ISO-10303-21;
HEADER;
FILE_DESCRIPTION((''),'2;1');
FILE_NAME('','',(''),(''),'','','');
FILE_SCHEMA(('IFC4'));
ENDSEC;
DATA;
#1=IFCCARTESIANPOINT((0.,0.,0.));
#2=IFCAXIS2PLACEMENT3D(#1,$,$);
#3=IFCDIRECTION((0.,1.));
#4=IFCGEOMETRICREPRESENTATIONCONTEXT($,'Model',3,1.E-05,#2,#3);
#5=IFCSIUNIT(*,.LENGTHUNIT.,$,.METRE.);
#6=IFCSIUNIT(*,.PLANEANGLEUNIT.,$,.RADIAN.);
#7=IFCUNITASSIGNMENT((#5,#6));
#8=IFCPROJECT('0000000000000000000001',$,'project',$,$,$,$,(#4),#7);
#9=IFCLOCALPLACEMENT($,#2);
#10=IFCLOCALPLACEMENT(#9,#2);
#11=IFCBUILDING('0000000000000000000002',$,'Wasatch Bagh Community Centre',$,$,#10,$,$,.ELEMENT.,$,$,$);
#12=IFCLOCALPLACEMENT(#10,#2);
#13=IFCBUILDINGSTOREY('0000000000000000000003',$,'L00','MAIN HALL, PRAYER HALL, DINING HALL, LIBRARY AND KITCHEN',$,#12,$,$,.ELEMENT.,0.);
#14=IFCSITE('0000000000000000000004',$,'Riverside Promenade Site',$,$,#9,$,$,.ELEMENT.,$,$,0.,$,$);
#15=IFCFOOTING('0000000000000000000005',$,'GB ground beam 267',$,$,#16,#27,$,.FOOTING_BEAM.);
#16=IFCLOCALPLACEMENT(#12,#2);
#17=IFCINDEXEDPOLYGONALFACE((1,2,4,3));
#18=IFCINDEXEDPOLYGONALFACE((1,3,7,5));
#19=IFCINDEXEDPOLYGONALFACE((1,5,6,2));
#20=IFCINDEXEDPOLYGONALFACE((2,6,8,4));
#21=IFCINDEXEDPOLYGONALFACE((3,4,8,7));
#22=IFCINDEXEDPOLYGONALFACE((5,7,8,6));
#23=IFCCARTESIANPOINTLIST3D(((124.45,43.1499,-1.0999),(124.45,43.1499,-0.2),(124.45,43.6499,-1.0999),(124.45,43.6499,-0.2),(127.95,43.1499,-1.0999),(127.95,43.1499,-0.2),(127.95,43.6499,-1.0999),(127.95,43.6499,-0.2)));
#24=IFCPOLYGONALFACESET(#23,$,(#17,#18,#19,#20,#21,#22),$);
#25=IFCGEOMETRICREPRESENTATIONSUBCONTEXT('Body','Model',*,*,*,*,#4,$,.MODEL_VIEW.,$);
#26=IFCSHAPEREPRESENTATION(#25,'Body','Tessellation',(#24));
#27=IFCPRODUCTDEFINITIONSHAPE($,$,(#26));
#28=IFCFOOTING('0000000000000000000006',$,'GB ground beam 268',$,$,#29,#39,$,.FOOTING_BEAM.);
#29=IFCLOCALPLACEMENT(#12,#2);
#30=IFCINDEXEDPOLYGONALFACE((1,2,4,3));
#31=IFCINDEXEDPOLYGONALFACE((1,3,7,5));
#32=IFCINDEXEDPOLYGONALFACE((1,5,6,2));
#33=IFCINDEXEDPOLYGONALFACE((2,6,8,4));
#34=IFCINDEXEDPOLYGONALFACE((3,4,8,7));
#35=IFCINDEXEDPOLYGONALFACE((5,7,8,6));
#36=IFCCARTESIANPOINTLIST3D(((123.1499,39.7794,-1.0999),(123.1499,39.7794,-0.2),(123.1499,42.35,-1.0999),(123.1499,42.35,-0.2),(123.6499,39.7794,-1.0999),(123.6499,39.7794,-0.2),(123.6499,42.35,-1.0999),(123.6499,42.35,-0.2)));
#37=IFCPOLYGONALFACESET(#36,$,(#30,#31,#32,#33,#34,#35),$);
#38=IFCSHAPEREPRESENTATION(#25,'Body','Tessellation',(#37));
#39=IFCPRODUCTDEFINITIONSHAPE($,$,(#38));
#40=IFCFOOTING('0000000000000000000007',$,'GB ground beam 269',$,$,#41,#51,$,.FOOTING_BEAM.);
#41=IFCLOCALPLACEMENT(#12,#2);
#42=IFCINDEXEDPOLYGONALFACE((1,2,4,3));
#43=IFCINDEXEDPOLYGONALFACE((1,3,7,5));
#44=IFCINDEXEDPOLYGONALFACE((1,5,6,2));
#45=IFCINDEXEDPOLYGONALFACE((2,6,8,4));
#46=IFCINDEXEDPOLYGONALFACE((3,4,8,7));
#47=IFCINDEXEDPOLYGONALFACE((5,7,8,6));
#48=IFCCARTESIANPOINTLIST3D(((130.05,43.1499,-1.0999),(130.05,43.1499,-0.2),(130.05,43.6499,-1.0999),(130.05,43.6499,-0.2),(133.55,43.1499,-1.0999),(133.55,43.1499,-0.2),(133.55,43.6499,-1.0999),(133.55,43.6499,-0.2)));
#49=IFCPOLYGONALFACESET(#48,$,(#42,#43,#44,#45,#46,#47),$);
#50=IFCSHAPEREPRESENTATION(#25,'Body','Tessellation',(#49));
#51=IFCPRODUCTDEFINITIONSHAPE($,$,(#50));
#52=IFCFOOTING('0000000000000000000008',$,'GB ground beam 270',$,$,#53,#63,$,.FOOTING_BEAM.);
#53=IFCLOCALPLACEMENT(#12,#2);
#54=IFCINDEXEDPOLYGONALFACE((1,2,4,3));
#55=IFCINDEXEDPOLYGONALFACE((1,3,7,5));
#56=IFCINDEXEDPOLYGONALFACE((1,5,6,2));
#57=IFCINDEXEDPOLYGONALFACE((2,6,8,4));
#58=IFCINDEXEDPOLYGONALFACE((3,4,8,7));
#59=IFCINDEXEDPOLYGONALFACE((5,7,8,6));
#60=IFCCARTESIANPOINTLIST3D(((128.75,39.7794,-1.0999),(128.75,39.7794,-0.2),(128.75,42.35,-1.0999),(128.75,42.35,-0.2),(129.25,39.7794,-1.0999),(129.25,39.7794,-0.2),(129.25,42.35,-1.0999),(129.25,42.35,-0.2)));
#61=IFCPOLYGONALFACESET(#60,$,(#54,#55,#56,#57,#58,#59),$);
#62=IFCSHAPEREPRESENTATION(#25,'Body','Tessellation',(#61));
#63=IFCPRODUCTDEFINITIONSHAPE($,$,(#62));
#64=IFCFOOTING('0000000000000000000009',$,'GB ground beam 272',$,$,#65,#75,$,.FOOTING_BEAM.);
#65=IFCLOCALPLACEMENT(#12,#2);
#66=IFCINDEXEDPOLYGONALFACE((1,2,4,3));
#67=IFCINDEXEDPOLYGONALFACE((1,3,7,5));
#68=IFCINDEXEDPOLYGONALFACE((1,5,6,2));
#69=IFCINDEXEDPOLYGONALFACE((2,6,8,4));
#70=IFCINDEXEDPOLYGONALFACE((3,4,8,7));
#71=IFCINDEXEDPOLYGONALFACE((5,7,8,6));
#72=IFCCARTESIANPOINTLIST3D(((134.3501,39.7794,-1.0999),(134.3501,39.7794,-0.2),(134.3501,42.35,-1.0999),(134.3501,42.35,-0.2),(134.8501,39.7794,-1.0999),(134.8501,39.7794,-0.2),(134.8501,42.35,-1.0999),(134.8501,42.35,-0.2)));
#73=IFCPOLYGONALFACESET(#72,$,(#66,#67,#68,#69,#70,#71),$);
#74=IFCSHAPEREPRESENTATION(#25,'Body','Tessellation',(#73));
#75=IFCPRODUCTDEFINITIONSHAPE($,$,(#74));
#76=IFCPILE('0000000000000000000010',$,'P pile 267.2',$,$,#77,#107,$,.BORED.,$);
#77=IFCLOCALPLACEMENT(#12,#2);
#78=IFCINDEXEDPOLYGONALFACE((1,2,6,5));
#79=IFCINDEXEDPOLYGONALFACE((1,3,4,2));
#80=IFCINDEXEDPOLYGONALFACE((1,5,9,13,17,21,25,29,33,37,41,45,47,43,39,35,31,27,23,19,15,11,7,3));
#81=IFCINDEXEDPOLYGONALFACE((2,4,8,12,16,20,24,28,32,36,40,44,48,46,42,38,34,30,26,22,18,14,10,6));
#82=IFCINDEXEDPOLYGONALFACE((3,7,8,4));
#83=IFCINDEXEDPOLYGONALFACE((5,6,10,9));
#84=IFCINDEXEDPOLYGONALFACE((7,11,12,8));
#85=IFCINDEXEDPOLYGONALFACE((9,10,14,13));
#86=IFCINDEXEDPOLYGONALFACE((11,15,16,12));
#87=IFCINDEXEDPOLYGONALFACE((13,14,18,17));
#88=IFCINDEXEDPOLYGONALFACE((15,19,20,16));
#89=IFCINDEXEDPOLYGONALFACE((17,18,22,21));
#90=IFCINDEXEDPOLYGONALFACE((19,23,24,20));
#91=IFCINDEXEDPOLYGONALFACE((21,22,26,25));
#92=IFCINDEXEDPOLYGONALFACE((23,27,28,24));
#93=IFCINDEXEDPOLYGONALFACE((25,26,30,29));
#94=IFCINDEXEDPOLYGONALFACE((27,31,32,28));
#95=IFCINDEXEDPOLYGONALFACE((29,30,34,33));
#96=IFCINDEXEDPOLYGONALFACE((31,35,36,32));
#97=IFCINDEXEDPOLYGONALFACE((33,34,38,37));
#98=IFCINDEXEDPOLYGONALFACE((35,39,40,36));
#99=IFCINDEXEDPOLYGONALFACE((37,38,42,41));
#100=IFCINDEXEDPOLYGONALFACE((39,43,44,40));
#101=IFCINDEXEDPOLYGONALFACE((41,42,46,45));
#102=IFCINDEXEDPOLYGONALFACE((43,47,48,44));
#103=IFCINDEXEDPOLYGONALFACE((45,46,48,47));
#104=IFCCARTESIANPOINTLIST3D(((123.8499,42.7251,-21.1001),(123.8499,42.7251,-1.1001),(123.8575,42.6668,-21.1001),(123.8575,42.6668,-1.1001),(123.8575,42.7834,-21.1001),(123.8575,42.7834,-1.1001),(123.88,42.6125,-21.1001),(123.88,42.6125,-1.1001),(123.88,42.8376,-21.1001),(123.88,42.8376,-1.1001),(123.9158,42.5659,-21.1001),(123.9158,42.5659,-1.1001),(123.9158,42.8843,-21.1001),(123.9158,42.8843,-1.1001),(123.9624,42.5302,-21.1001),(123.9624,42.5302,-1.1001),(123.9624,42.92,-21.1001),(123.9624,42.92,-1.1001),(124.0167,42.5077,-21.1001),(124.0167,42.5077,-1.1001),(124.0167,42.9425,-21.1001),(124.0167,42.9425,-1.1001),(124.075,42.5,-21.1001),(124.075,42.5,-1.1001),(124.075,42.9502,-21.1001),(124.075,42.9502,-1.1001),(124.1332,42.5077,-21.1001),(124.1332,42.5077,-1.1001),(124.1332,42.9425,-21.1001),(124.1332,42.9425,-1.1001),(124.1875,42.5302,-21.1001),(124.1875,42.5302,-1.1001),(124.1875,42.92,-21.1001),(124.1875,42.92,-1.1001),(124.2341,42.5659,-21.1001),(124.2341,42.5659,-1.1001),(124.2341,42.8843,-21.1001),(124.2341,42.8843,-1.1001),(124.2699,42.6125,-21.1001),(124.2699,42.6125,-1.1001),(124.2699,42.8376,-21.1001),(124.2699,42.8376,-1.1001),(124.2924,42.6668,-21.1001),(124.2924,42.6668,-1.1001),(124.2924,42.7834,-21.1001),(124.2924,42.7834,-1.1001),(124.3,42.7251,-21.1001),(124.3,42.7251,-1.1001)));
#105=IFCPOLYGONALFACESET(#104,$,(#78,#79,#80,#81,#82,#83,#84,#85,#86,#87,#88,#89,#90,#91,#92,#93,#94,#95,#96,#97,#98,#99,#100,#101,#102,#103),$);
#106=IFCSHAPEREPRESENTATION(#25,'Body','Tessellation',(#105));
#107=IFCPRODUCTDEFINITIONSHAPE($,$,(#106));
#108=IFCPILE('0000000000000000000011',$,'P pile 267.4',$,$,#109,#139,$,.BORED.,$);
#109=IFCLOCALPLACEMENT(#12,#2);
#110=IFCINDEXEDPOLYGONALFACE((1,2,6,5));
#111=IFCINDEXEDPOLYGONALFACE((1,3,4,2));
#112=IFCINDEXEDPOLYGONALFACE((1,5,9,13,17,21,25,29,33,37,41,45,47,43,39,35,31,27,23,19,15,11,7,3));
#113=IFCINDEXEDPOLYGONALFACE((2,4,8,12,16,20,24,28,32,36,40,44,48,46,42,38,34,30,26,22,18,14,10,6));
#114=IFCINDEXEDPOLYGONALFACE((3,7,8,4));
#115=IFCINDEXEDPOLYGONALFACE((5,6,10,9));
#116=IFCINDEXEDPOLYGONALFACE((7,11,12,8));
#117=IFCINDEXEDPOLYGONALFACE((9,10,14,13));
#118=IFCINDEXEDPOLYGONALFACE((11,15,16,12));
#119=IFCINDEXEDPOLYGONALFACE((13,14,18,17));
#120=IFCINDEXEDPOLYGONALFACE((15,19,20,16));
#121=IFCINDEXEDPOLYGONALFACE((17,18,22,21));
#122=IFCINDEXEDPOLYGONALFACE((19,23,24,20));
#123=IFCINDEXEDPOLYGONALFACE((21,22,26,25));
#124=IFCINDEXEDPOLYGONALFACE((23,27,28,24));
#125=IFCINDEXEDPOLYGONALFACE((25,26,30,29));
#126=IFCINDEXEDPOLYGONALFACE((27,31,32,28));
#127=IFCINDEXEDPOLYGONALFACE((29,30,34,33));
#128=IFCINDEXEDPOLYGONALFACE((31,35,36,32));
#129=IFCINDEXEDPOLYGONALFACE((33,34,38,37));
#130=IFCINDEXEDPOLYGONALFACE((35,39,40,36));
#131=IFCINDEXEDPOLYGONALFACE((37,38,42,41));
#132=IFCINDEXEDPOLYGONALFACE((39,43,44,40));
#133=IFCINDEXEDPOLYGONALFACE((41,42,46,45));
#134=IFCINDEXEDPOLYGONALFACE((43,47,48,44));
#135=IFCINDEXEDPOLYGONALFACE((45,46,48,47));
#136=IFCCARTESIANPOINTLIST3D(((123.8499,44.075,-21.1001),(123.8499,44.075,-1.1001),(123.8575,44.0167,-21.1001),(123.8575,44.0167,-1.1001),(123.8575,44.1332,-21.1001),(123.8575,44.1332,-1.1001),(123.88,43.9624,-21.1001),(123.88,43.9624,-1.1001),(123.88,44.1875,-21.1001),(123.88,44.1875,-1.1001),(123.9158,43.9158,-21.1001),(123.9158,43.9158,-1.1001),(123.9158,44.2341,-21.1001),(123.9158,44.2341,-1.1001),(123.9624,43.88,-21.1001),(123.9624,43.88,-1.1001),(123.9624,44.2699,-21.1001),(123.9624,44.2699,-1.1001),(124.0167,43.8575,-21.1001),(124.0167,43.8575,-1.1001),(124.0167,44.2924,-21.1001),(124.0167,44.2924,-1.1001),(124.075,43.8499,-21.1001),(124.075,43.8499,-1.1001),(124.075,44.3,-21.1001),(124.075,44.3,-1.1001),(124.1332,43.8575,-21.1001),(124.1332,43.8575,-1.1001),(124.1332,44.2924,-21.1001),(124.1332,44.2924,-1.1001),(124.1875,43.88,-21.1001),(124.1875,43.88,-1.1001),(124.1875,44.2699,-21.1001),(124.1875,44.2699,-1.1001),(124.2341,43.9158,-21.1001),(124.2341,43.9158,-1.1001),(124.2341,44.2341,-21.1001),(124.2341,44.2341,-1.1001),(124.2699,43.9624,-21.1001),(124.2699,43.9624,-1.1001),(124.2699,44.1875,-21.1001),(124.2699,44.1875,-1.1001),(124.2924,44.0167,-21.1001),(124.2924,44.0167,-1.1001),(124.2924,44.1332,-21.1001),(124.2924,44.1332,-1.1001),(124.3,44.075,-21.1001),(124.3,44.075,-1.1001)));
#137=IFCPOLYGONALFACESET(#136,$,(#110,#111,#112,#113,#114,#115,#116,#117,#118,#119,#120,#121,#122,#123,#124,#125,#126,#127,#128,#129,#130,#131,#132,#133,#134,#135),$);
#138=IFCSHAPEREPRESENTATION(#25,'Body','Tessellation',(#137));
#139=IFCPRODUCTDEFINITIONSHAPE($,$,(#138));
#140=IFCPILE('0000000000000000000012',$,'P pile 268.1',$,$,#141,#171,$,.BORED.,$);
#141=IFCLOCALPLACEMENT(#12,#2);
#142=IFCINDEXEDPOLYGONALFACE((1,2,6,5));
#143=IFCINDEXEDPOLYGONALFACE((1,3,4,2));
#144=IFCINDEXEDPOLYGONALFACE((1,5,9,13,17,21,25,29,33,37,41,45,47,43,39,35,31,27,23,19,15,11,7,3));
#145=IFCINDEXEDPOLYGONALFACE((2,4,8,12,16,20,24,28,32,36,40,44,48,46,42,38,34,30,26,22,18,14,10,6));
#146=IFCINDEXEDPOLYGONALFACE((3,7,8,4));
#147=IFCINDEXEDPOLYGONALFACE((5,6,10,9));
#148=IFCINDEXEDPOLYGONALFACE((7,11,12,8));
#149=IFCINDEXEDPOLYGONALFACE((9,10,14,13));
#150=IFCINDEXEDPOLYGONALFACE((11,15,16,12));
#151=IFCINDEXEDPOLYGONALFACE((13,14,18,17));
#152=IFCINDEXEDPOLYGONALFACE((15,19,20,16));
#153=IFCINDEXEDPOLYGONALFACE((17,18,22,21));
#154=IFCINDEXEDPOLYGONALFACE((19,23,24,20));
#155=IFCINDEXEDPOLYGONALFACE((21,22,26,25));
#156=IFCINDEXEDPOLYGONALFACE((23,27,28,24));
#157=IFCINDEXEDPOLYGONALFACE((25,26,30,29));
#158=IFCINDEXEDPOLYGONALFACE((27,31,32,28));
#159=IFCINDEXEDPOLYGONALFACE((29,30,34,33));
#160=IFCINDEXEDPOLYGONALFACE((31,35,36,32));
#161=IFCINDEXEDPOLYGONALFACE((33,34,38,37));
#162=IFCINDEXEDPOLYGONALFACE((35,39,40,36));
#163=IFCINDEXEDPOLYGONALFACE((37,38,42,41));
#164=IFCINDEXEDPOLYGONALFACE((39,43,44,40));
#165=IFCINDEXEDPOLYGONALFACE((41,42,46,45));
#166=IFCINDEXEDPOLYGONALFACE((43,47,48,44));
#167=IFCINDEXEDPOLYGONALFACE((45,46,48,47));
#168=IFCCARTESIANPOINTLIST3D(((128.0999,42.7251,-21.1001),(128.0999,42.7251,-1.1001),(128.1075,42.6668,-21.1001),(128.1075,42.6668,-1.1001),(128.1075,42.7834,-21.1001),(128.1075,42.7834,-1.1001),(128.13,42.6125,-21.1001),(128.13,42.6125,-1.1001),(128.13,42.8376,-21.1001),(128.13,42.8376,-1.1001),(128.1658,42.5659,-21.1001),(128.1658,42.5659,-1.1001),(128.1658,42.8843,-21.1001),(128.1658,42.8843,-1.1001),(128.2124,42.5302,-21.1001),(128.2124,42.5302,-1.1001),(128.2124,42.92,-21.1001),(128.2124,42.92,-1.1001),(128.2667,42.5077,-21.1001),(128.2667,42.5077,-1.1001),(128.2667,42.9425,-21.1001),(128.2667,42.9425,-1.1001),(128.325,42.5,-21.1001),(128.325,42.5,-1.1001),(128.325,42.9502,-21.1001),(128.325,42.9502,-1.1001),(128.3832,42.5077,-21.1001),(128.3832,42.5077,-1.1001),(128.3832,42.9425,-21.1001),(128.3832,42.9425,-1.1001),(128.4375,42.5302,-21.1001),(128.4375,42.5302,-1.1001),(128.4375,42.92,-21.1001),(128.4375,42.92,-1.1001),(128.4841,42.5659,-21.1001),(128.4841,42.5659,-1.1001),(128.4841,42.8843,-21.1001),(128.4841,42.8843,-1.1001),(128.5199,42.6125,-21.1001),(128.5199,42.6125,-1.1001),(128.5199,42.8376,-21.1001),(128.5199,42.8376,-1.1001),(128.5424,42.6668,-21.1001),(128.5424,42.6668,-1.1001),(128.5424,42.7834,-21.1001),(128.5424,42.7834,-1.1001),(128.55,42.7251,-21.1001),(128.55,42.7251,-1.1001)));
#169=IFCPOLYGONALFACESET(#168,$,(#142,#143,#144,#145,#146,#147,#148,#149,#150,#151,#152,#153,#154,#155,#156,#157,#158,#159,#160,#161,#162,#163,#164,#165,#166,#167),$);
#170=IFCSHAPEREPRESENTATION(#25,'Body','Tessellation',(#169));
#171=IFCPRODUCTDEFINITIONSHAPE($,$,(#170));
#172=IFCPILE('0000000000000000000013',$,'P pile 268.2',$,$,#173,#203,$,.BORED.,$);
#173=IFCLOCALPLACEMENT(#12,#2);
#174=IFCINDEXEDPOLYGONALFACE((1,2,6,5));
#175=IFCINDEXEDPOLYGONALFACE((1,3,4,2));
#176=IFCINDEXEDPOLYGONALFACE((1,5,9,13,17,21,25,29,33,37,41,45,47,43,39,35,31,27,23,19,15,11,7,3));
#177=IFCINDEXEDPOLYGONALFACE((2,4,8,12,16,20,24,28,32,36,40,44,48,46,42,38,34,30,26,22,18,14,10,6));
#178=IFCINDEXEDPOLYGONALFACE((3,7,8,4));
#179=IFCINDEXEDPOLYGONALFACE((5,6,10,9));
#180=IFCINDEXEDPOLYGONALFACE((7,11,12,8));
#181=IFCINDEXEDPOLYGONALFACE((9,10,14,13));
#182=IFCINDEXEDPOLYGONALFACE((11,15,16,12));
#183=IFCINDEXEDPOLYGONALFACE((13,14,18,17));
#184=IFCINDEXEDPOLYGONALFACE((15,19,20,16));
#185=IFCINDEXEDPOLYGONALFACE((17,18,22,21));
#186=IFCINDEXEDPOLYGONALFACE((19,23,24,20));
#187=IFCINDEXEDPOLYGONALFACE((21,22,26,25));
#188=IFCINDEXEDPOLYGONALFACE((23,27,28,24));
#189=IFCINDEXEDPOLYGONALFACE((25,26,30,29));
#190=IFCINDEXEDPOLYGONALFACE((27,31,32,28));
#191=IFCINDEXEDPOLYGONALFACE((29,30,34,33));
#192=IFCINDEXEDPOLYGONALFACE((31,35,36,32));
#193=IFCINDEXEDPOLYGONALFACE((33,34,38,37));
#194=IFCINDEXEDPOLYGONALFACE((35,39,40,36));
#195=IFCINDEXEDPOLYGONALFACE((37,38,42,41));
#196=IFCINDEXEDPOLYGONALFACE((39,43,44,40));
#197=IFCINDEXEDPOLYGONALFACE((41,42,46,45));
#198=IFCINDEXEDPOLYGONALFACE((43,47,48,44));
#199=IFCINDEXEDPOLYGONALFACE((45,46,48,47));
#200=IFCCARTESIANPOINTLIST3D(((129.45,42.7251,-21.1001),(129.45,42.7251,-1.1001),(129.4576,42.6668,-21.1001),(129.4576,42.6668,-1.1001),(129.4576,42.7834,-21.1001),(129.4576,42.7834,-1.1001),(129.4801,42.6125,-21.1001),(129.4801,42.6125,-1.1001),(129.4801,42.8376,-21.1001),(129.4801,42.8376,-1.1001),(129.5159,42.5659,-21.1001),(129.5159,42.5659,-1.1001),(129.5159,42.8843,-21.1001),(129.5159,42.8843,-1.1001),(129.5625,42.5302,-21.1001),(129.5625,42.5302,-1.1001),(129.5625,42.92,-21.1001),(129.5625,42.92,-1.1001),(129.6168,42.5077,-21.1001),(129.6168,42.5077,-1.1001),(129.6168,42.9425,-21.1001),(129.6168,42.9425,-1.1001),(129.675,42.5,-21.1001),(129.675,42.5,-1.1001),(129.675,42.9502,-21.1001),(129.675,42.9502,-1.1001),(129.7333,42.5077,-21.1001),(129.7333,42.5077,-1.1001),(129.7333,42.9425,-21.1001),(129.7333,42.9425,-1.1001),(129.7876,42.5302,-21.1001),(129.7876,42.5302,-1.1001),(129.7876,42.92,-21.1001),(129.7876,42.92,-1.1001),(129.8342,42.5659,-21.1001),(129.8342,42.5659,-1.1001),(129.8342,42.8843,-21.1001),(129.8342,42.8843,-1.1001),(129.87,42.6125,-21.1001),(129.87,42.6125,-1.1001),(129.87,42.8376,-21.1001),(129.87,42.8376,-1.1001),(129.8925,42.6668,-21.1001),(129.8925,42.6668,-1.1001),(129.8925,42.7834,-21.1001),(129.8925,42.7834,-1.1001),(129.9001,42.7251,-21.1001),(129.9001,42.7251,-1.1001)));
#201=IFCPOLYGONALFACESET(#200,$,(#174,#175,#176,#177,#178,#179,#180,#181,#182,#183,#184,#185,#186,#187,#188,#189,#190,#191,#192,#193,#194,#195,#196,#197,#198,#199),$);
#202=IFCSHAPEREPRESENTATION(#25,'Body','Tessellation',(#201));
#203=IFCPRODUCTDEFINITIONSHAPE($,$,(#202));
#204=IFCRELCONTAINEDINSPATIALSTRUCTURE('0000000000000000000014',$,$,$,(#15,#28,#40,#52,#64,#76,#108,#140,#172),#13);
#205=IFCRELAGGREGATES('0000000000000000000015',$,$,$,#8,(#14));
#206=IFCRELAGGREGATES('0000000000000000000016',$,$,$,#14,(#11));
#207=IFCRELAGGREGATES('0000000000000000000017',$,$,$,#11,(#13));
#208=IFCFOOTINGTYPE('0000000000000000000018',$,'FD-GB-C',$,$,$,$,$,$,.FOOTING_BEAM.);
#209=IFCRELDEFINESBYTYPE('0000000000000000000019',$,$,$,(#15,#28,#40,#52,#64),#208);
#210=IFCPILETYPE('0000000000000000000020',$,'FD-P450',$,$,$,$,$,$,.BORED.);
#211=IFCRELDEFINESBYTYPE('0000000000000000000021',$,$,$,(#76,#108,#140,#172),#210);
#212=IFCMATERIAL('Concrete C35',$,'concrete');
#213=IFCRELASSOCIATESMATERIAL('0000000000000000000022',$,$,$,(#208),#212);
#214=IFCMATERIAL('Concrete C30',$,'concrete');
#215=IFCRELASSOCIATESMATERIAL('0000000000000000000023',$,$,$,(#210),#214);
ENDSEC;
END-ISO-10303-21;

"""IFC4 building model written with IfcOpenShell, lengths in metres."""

from ifc_helpers import new_model, si_unit, direction, frame, origin, origin_2d, place, context, subcontext, project, spatial, rectangle, circle, extrude, material, material_profile, profile_set, type_object, element, save


model = new_model("IFC4")

# Units and contexts
model_context = context("Model", 3, precision=1e-05, world=origin(), true_north=direction((0.0, 1.0)))
body_context = subcontext(model_context, "Body", "Model", "MODEL_VIEW")
ifc_project = project(units=[si_unit("LENGTHUNIT", "METRE"), si_unit("PLANEANGLEUNIT", "RADIAN")], contexts=[model_context])

# Site, building, storey
site_placement = place(None, origin())
site = spatial("IfcSite", under=ifc_project, at=site_placement, Name="Riverside Promenade Site", CompositionType="ELEMENT", RefElevation=0.0)
building_placement = place(site_placement, origin())
building = spatial("IfcBuilding", under=site, at=building_placement, Name="Wasatch Bagh Community Centre", CompositionType="ELEMENT")
storey_placement = place(building_placement, origin())
storey = spatial("IfcBuildingStorey", under=building, at=storey_placement, Name="L00", Description="MAIN HALL, PRAYER HALL, DINING HALL, LIBRARY AND KITCHEN", CompositionType="ELEMENT", Elevation=0.0)

# Footings
ifc_material_1 = material(Name="Concrete C35", Category="concrete")
footing_type_1 = type_object("IfcFootingType", Name="FD-GB-C", PredefinedType="FOOTING_BEAM", material=ifc_material_1)
footing_1_placement = place(storey_placement, frame((126.2, 43.3999, -1.0999), z_axis=(0.0, 0.0, 1.0), x_axis=(1.0, 0.0, 0.0)))
element("IfcFooting", 1, at=footing_1_placement, inside=storey, type_object=footing_type_1, Name="GB ground beam 267", PredefinedType="FOOTING_BEAM", context=body_context, shape_type="SweptSolid", body=[
    extrude(rectangle(XDim=3.5, YDim=0.5, at=origin_2d()), origin(), (0.0, 0.0, 1.0), 0.8999),
])
footing_2_placement = place(storey_placement, frame((123.3999, 41.0647, -1.0999), z_axis=(0.0, 0.0, 1.0), x_axis=(0.0, -1.0, 0.0)))
element("IfcFooting", 2, at=footing_2_placement, inside=storey, type_object=footing_type_1, Name="GB ground beam 268", PredefinedType="FOOTING_BEAM", context=body_context, shape_type="SweptSolid", body=[
    extrude(rectangle(XDim=2.5706, YDim=0.5, at=origin_2d()), origin(), (0.0, 0.0, 1.0), 0.8999),
])
footing_3_placement = place(storey_placement, frame((131.8, 43.3999, -1.0999), z_axis=(0.0, 0.0, 1.0), x_axis=(1.0, 0.0, 0.0)))
element("IfcFooting", 3, at=footing_3_placement, inside=storey, type_object=footing_type_1, Name="GB ground beam 269", PredefinedType="FOOTING_BEAM", context=body_context, shape_type="SweptSolid", body=[
    extrude(rectangle(XDim=3.5, YDim=0.5, at=origin_2d()), origin(), (0.0, 0.0, 1.0), 0.8999),
])
for number, where, z_axis, x_axis, name in (
    (4, (129.0, 41.0647, -1.0999), (0.0, 0.0, 1.0), (0.0, -1.0, 0.0), "GB ground beam 270"),
    (5, (134.6001, 41.0647, -1.0999), (0.0, 0.0, 1.0), (0.0, -1.0, 0.0), "GB ground beam 272"),
):
    element("IfcFooting", number, at=place(storey_placement, frame(where, z_axis=z_axis, x_axis=x_axis)), inside=storey, type_object=footing_type_1, Name=name, PredefinedType="FOOTING_BEAM", context=body_context, shape_type="SweptSolid", body=[
        extrude(rectangle(XDim=2.5706, YDim=0.5, at=origin_2d()), origin(), (0.0, 0.0, 1.0), 0.8999),
    ])

# Piles
ifc_material_2 = material(Name="Concrete C30", Category="concrete")
ifc_material_profile_1 = material_profile(ifc_material_2, circle(Radius=0.2251, at=origin_2d()), Name="RC D450")
ifc_profile_set_1 = profile_set([ifc_material_profile_1], Name="Concrete C30")
pile_type_1 = type_object("IfcPileType", Name="FD-P450", PredefinedType="BORED", material=ifc_profile_set_1)
for number, where, z_axis, x_axis, name in (
    (6, (124.075, 42.7251, -1.1001), (0.0, 0.0, -1.0), (1.0, 0.0, 0.0), "P pile 267.2"),
    (7, (124.075, 44.075, -1.1001), (0.0, 0.0, -1.0), (1.0, 0.0, 0.0), "P pile 267.4"),
    (8, (128.325, 42.7251, -1.1001), (0.0, 0.0, -1.0), (1.0, 0.0, 0.0), "P pile 268.1"),
    (9, (129.675, 42.7251, -1.1001), (0.0, 0.0, -1.0), (1.0, 0.0, 0.0), "P pile 268.2"),
):
    element("IfcPile", number, at=place(storey_placement, frame(where, z_axis=z_axis, x_axis=x_axis)), inside=storey, type_object=pile_type_1, Name=name, PredefinedType="BORED", context=body_context, shape_type="SweptSolid", body=[
        extrude(circle(Radius=0.2251, at=origin_2d()), origin(), (0.0, 0.0, 1.0), 20.0),
    ])

save(model, "model.ifc")
